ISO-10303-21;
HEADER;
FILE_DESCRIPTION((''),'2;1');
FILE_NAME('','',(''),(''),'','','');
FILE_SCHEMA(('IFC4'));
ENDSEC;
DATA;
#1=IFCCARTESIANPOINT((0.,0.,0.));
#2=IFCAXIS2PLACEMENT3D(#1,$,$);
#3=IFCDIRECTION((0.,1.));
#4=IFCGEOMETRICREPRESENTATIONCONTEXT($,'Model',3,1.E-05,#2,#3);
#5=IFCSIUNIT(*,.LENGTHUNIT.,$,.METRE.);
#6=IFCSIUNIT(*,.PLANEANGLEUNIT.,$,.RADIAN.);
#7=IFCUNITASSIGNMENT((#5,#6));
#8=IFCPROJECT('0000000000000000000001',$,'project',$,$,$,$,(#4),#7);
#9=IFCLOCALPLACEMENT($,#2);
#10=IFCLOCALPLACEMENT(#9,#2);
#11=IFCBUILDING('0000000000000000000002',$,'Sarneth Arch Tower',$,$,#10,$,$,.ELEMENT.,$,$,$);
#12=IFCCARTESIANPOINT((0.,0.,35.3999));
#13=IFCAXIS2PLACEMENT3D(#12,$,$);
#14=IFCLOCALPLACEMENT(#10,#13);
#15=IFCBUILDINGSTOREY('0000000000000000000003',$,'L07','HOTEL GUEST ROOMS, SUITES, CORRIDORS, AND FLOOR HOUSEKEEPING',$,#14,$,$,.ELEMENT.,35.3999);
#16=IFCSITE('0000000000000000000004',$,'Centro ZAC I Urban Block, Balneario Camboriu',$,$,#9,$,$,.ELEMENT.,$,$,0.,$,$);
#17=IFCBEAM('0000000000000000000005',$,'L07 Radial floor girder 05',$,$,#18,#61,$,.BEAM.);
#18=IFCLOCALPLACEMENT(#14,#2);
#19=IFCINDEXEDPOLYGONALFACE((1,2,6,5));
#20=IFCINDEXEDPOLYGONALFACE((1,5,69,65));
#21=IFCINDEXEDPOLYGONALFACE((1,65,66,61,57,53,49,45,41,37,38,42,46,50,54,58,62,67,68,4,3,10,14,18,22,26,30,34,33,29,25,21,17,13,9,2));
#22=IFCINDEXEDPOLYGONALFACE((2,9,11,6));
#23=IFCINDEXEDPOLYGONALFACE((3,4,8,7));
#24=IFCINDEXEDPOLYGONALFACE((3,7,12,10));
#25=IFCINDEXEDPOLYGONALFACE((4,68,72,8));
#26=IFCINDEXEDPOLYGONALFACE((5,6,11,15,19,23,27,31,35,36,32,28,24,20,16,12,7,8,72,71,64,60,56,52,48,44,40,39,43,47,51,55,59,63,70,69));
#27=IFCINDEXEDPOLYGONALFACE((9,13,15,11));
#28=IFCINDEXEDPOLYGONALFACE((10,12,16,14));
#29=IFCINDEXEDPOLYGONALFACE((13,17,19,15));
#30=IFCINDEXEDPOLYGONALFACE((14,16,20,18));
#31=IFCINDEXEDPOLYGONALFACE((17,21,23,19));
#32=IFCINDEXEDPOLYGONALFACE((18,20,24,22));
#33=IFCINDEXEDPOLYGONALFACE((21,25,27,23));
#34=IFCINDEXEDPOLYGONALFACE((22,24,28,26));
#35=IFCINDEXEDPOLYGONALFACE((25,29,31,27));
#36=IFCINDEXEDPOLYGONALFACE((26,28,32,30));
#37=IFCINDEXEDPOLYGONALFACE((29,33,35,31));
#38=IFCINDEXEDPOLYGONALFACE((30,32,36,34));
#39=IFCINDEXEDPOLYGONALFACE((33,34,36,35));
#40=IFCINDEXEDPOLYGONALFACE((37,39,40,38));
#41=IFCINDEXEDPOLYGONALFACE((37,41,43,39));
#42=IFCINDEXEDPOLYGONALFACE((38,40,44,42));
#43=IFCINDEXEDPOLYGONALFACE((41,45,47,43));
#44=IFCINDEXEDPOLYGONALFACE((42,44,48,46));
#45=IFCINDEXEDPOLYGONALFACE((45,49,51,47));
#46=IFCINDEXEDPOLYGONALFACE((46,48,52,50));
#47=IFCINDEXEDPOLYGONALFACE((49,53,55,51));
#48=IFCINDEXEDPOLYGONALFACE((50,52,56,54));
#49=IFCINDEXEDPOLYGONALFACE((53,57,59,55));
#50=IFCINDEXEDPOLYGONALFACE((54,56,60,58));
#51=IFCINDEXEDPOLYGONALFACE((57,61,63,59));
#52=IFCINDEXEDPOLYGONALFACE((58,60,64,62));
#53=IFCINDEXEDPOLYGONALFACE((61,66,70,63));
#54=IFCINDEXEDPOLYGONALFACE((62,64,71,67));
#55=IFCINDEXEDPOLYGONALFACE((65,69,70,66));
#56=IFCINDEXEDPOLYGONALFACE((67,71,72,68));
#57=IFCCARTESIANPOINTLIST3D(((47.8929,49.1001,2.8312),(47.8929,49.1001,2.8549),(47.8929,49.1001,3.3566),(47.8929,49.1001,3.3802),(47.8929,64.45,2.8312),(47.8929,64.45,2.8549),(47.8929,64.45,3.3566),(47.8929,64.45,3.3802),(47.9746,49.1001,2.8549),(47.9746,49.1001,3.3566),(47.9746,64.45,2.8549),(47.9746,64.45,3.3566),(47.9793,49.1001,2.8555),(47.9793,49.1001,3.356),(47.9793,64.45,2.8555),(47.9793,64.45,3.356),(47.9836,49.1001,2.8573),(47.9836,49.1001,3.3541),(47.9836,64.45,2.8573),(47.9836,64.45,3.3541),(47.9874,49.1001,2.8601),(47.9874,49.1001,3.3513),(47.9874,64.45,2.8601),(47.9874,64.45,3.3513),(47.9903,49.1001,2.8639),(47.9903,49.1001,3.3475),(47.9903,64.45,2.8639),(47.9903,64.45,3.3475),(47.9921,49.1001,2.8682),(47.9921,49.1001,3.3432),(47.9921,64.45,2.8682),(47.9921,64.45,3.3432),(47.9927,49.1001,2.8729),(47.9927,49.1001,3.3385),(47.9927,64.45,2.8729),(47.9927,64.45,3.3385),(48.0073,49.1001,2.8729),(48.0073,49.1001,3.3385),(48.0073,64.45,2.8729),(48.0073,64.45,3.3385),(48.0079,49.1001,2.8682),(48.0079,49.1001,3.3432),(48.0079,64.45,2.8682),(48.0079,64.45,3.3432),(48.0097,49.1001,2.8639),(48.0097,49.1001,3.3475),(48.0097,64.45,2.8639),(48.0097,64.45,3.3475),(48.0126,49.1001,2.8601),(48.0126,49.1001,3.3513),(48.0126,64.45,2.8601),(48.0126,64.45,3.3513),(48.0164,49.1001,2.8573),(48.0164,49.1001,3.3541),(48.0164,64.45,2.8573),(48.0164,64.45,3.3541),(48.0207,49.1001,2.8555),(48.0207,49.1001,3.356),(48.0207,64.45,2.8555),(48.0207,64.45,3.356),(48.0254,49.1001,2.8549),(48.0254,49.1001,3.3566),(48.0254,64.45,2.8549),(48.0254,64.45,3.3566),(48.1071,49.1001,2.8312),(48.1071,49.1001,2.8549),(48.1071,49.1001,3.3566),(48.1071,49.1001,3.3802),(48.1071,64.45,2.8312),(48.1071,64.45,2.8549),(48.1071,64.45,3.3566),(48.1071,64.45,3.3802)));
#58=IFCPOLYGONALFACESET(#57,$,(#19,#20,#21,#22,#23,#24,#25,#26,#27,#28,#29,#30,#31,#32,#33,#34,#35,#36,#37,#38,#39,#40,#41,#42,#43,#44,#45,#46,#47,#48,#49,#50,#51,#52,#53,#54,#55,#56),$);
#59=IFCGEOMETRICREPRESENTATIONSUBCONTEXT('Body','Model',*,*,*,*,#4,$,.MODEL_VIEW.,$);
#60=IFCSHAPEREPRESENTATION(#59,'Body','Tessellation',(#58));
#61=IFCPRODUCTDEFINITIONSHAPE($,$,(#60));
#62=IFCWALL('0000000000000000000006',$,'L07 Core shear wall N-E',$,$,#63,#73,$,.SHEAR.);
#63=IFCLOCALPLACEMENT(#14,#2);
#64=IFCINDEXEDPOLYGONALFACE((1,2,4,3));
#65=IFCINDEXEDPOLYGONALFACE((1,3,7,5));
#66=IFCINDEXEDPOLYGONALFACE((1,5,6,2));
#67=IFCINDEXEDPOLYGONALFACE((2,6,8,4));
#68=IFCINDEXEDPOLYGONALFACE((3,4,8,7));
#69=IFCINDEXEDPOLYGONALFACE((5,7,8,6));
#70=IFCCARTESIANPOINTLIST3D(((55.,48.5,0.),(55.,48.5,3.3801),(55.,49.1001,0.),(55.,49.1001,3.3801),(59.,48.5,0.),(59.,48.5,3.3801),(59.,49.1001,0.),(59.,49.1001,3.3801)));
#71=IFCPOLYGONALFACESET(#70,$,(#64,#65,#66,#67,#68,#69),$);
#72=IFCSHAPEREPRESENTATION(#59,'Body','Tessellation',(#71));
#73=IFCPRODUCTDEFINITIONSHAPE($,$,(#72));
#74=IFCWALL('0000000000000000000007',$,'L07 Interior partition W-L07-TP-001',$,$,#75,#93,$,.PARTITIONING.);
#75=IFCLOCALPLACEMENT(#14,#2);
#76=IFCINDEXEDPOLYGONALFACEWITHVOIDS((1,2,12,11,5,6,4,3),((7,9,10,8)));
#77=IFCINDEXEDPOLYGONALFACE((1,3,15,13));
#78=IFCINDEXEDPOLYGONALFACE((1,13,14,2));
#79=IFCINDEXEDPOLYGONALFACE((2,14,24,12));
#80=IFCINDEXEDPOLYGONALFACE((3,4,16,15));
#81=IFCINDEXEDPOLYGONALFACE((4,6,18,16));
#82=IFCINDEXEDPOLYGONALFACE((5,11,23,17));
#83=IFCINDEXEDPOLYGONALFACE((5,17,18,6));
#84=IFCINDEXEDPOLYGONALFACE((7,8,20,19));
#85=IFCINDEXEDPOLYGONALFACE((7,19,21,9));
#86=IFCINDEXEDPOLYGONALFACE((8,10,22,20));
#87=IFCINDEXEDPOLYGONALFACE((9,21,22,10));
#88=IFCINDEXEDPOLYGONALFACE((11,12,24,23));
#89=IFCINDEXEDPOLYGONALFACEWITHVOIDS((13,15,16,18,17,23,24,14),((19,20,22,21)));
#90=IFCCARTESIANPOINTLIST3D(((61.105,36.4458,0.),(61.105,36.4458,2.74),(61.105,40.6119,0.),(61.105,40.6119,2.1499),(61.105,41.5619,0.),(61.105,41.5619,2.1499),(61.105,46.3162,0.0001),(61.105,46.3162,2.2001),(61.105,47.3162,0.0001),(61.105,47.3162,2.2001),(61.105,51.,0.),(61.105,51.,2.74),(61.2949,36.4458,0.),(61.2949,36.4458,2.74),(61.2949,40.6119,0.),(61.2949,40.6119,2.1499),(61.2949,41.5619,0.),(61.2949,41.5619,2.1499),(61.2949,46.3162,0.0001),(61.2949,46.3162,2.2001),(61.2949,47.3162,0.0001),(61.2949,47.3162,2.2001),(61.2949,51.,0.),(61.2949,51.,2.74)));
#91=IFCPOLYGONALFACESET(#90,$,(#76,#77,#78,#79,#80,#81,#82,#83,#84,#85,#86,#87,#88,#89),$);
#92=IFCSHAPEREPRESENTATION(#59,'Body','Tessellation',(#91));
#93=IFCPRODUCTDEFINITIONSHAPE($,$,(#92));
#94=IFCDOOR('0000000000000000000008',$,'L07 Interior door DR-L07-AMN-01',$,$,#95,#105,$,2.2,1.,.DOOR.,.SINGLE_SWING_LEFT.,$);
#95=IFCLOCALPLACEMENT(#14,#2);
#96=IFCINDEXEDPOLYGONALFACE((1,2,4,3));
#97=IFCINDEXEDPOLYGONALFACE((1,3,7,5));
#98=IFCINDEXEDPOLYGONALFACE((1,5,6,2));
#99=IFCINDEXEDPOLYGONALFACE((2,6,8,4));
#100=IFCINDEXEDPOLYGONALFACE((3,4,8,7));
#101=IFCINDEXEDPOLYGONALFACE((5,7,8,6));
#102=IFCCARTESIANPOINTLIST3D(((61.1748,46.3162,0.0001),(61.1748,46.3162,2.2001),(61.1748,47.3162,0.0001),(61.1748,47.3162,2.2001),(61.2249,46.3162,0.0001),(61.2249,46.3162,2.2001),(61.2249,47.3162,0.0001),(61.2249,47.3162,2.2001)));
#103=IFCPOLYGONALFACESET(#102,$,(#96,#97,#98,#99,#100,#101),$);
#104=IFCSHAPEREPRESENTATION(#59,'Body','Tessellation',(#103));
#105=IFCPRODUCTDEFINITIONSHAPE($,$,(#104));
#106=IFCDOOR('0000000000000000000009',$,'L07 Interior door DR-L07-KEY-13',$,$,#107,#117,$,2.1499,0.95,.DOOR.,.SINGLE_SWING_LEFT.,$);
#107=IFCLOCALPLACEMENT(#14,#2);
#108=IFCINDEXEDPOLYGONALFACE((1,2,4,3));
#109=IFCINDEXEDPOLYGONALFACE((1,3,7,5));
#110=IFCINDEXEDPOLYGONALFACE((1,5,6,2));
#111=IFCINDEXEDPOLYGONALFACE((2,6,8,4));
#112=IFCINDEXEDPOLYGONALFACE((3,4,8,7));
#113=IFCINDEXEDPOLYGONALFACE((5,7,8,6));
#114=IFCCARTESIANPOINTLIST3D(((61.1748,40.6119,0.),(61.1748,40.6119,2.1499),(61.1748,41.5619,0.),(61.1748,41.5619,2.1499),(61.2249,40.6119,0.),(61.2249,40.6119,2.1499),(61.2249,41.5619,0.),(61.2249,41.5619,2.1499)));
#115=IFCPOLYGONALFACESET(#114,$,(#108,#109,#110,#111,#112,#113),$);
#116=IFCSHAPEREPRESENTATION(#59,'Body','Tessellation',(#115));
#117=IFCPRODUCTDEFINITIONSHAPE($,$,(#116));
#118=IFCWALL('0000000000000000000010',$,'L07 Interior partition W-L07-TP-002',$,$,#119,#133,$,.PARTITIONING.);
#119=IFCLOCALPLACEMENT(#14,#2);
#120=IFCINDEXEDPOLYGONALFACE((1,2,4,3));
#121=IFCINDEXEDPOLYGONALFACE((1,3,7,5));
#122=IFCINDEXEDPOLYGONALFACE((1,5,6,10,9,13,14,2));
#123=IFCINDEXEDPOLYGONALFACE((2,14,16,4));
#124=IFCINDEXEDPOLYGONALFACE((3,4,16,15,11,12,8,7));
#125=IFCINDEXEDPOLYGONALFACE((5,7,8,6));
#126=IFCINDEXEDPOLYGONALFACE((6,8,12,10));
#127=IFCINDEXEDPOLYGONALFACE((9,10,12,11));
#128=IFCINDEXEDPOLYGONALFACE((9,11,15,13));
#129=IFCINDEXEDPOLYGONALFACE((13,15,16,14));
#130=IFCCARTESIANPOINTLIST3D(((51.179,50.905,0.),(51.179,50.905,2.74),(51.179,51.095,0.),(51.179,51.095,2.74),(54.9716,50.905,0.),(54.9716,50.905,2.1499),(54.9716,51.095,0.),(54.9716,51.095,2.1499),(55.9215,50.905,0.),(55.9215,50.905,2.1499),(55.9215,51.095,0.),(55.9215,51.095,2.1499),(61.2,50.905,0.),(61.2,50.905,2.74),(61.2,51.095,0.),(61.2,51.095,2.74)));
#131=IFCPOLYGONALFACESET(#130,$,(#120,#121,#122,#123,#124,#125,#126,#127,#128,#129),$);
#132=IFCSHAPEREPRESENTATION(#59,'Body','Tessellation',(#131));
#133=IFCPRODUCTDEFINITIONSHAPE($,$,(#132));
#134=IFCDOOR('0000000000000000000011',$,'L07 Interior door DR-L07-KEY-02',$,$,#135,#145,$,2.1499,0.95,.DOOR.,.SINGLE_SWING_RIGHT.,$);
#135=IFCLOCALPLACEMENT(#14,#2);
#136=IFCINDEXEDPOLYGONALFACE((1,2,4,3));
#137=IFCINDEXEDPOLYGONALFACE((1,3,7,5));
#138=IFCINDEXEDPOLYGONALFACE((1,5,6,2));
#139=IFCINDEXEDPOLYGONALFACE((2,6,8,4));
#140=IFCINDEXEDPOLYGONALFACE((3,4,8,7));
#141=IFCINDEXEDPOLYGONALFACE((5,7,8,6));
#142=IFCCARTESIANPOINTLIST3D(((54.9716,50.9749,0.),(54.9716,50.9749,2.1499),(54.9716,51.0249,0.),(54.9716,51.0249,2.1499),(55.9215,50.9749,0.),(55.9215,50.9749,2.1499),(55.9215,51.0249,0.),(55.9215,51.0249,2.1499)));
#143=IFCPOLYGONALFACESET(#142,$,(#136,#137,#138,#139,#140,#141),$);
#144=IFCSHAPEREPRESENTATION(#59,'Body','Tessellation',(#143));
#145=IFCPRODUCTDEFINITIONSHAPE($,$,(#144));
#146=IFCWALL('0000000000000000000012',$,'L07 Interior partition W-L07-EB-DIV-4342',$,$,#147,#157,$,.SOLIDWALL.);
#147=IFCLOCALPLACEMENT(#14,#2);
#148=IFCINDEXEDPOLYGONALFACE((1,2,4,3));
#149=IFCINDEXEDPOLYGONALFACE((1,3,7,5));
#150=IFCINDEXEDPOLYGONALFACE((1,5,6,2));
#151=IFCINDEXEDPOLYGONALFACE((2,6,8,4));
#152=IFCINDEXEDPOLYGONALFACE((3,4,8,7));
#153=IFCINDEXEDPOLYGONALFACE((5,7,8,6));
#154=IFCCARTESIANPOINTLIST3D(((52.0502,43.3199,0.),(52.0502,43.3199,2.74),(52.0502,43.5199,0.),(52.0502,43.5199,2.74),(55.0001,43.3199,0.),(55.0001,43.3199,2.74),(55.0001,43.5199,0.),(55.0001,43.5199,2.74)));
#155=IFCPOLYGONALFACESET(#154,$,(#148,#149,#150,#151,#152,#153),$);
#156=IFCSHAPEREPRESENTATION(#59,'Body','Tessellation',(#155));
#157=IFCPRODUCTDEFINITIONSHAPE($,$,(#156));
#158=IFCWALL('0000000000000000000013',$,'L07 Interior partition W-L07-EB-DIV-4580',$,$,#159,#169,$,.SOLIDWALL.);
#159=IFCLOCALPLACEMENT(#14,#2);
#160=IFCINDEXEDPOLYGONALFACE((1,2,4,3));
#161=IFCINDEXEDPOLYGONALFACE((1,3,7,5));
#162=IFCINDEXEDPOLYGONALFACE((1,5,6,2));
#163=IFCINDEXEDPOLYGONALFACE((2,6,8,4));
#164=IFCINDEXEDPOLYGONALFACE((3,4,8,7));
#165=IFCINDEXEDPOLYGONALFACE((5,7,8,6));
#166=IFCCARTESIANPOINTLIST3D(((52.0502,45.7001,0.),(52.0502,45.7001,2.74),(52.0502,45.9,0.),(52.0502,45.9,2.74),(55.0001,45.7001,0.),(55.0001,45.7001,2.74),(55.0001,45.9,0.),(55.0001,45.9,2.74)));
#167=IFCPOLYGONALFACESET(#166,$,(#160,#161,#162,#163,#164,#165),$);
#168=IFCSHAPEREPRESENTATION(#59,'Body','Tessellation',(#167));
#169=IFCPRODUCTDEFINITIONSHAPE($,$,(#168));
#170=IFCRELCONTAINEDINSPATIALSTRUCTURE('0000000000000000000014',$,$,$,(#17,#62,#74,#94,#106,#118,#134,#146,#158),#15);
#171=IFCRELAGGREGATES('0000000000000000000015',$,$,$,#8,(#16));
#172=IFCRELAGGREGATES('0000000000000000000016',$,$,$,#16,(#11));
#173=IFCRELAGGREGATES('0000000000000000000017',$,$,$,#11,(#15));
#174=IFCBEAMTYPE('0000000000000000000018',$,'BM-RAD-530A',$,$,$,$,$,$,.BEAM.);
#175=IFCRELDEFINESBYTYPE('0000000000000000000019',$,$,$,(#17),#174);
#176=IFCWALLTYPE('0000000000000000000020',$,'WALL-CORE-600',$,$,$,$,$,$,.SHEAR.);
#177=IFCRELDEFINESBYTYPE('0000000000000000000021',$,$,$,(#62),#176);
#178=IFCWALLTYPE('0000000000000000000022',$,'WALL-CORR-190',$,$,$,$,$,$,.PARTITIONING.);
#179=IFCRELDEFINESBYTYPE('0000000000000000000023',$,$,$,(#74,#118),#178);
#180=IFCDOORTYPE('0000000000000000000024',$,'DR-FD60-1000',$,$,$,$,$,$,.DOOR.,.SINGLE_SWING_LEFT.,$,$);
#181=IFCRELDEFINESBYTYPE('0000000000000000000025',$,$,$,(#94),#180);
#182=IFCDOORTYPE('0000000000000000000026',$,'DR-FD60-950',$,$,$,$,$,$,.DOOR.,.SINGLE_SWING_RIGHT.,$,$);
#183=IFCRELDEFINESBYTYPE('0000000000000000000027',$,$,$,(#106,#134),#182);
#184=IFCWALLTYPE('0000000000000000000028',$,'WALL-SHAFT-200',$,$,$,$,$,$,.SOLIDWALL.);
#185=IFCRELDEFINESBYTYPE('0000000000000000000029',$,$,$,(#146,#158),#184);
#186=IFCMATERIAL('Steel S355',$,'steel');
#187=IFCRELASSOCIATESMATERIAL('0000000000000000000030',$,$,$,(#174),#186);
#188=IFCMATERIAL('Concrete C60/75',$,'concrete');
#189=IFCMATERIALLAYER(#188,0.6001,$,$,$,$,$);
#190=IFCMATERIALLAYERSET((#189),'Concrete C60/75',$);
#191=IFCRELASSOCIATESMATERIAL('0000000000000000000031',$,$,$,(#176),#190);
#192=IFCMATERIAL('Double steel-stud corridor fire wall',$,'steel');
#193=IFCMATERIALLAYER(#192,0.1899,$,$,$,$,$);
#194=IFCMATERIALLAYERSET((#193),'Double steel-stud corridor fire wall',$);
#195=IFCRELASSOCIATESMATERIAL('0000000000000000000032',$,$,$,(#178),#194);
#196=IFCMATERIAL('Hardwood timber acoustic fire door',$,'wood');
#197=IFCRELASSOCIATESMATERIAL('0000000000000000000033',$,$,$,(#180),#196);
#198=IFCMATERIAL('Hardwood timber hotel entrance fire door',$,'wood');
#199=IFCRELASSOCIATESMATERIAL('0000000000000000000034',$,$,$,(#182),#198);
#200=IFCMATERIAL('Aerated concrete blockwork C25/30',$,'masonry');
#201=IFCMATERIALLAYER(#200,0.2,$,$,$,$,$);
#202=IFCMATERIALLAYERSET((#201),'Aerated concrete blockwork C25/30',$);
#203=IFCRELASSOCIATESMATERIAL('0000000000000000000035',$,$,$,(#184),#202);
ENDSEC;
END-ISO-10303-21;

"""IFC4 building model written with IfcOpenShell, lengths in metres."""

from ifc_helpers import new_model, si_unit, direction, frame, frame_2d, origin, origin_2d, place, context, subcontext, project, spatial, rectangle, i_section, extrude, material, layer, layer_set, material_profile, profile_set, type_object, element, fill, save


model = new_model("IFC4")

# Units and contexts
model_context = context("Model", 3, precision=1e-05, world=origin(), true_north=direction((0.0, 1.0)))
body_context = subcontext(model_context, "Body", "Model", "MODEL_VIEW")
ifc_project = project(units=[si_unit("LENGTHUNIT", "METRE"), si_unit("PLANEANGLEUNIT", "RADIAN")], contexts=[model_context])

# Site, building, storey
site_placement = place(None, origin())
site = spatial("IfcSite", under=ifc_project, at=site_placement, Name="Centro ZAC I Urban Block, Balneario Camboriu", CompositionType="ELEMENT", RefElevation=0.0)
building_placement = place(site_placement, origin())
building = spatial("IfcBuilding", under=site, at=building_placement, Name="Sarneth Arch Tower", CompositionType="ELEMENT")
storey_placement = place(building_placement, frame((0.0, 0.0, 35.3999)))
storey = spatial("IfcBuildingStorey", under=building, at=storey_placement, Name="L07", Description="HOTEL GUEST ROOMS, SUITES, CORRIDORS, AND FLOOR HOUSEKEEPING", CompositionType="ELEMENT", Elevation=35.3999)

# Beam
ifc_material_1 = material(Name="Steel S355", Category="steel")
ifc_material_profile = material_profile(ifc_material_1, i_section(OverallWidth=0.2141, OverallDepth=0.5491, WebThickness=0.0146, FlangeThickness=0.0237, FilletRadius=0.0181, at=origin_2d()), Name="W530x138")
ifc_profile_set = profile_set([ifc_material_profile], Name="Steel S355")
beam_type = type_object("IfcBeamType", Name="BM-RAD-530A", PredefinedType="BEAM", material=ifc_profile_set)
beam_1_placement = place(storey_placement, frame((48.0, 49.1001, 3.1057), z_axis=(0.0, 1.0, 0.0), x_axis=(-1.0, 0.0, 0.0)))
element("IfcBeam", 1, at=beam_1_placement, inside=storey, type_object=beam_type, Name="L07 Radial floor girder 05", PredefinedType="BEAM", context=body_context, shape_type="SweptSolid", body=[
    extrude(i_section(OverallWidth=0.2141, OverallDepth=0.5491, WebThickness=0.0146, FlangeThickness=0.0237, FilletRadius=0.0181, at=origin_2d()), origin(), (0.0, 0.0, 1.0), 15.3499),
])

# Wall
ifc_material_2 = material(Name="Concrete C60/75", Category="concrete")
ifc_layer_1 = layer(ifc_material_2, 0.6001)
ifc_layer_set_1 = layer_set([ifc_layer_1], Name="Concrete C60/75")
wall_type_1 = type_object("IfcWallType", Name="WALL-CORE-600", PredefinedType="SHEAR", material=ifc_layer_set_1)
wall_1_placement = place(storey_placement, frame((55.0, 48.8, 0.0), z_axis=(0.0, 0.0, 1.0), x_axis=(1.0, 0.0, 0.0)))
element("IfcWall", 2, at=wall_1_placement, inside=storey, type_object=wall_type_1, Name="L07 Core shear wall N-E", PredefinedType="SHEAR", context=body_context, shape_type="SweptSolid", body=[
    extrude(rectangle(XDim=4.0, YDim=0.6001, at=frame_2d((2.0, 0.0))), origin(), (0.0, 0.0, 1.0), 3.3801),
])

# Wall, openings, doors
ifc_material_3 = material(Name="Double steel-stud corridor fire wall", Category="steel")
ifc_layer_2 = layer(ifc_material_3, 0.1899)
ifc_layer_set_2 = layer_set([ifc_layer_2], Name="Double steel-stud corridor fire wall")
wall_type_2 = type_object("IfcWallType", Name="WALL-CORR-190", PredefinedType="PARTITIONING", material=ifc_layer_set_2)
wall_2_placement = place(storey_placement, frame((61.2, 51.0, 0.0), z_axis=(0.0, 0.0, 1.0), x_axis=(0.0, -1.0, 0.0)))
wall_2 = element("IfcWall", 3, at=wall_2_placement, inside=storey, type_object=wall_type_2, Name="L07 Interior partition W-L07-TP-001", PredefinedType="PARTITIONING", context=body_context, shape_type="SweptSolid", body=[
    extrude(rectangle(XDim=14.5542, YDim=0.1899, at=frame_2d((7.2771, 0.0))), origin(), (0.0, 0.0, 1.0), 2.74),
])
opening_1_placement = place(wall_2_placement, frame((3.6838, 0.0, 0.0)))
opening_1 = element("IfcOpeningElement", 4, at=opening_1_placement, cuts=wall_2, PredefinedType="OPENING", context=body_context, shape_type="SweptSolid", body=[
    extrude(rectangle(XDim=1.0, YDim=2.2, at=frame_2d((0.5, 1.1001))), frame((0.0, 0.105, 0.0), z_axis=(0.0, -1.0, 0.0), x_axis=(1.0, 0.0, 0.0)), (0.0, 0.0, 1.0), 0.21),
])
opening_2_placement = place(wall_2_placement, frame((9.438, 0.0, 0.0)))
opening_2 = element("IfcOpeningElement", 5, at=opening_2_placement, cuts=wall_2, PredefinedType="OPENING", context=body_context, shape_type="SweptSolid", body=[
    extrude(rectangle(XDim=0.95, YDim=2.1499, at=frame_2d((0.4751, 1.075))), frame((0.0, 0.105, 0.0), z_axis=(0.0, -1.0, 0.0), x_axis=(1.0, 0.0, 0.0)), (0.0, 0.0, 1.0), 0.21),
])
ifc_material_4 = material(Name="Hardwood timber acoustic fire door", Category="wood")
door_type_1 = type_object("IfcDoorType", Name="DR-FD60-1000", OperationType="SINGLE_SWING_LEFT", PredefinedType="DOOR", material=ifc_material_4)
door_1_placement = place(opening_1_placement, origin())
door_1 = element("IfcDoor", 6, at=door_1_placement, inside=storey, type_object=door_type_1, Name="L07 Interior door DR-L07-AMN-01", OperationType="SINGLE_SWING_LEFT", OverallHeight=2.2, OverallWidth=1.0, PredefinedType="DOOR", context=body_context, shape_type="SweptSolid", body=[
    extrude(rectangle(XDim=1.0, YDim=2.2, at=frame_2d((0.5, 1.1001))), frame((0.0, 0.0249, 0.0), z_axis=(0.0, -1.0, 0.0), x_axis=(1.0, 0.0, 0.0)), (0.0, 0.0, 1.0), 0.05),
])
fill(opening_1, door_1)
ifc_material_5 = material(Name="Hardwood timber hotel entrance fire door", Category="wood")
door_type_2 = type_object("IfcDoorType", Name="DR-FD60-950", OperationType="SINGLE_SWING_RIGHT", PredefinedType="DOOR", material=ifc_material_5)
door_2_placement = place(opening_2_placement, origin())
door_2 = element("IfcDoor", 7, at=door_2_placement, inside=storey, type_object=door_type_2, Name="L07 Interior door DR-L07-KEY-13", OperationType="SINGLE_SWING_LEFT", OverallHeight=2.1499, OverallWidth=0.95, PredefinedType="DOOR", context=body_context, shape_type="SweptSolid", body=[
    extrude(rectangle(XDim=0.95, YDim=2.1499, at=frame_2d((0.4751, 1.075))), frame((0.0, 0.0249, 0.0), z_axis=(0.0, -1.0, 0.0), x_axis=(1.0, 0.0, 0.0)), (0.0, 0.0, 1.0), 0.05),
])
fill(opening_2, door_2)

# Wall, opening, door
wall_3_placement = place(storey_placement, frame((51.179, 51.0, 0.0), z_axis=(0.0, 0.0, 1.0), x_axis=(1.0, 0.0, 0.0)))
wall_3 = element("IfcWall", 8, at=wall_3_placement, inside=storey, type_object=wall_type_2, Name="L07 Interior partition W-L07-TP-002", PredefinedType="PARTITIONING", context=body_context, shape_type="SweptSolid", body=[
    extrude(rectangle(XDim=10.021, YDim=0.1899, at=frame_2d((5.0105, 0.0))), origin(), (0.0, 0.0, 1.0), 2.74),
])
opening_3_placement = place(wall_3_placement, frame((3.7925, 0.0, 0.0)))
opening_3 = element("IfcOpeningElement", 9, at=opening_3_placement, cuts=wall_3, PredefinedType="OPENING", context=body_context, shape_type="SweptSolid", body=[
    extrude(rectangle(XDim=0.95, YDim=2.1499, at=frame_2d((0.4751, 1.075))), frame((0.0, 0.105, 0.0), z_axis=(0.0, -1.0, 0.0), x_axis=(1.0, 0.0, 0.0)), (0.0, 0.0, 1.0), 0.21),
])
door_3_placement = place(opening_3_placement, origin())
door_3 = element("IfcDoor", 10, at=door_3_placement, inside=storey, type_object=door_type_2, Name="L07 Interior door DR-L07-KEY-02", OperationType="SINGLE_SWING_RIGHT", OverallHeight=2.1499, OverallWidth=0.95, PredefinedType="DOOR", context=body_context, shape_type="SweptSolid", body=[
    extrude(rectangle(XDim=0.95, YDim=2.1499, at=frame_2d((0.4751, 1.075))), frame((0.0, 0.0249, 0.0), z_axis=(0.0, -1.0, 0.0), x_axis=(1.0, 0.0, 0.0)), (0.0, 0.0, 1.0), 0.05),
])
fill(opening_3, door_3)

# Walls
ifc_material_6 = material(Name="Aerated concrete blockwork C25/30", Category="masonry")
ifc_layer_3 = layer(ifc_material_6, 0.2)
ifc_layer_set_3 = layer_set([ifc_layer_3], Name="Aerated concrete blockwork C25/30")
wall_type_3 = type_object("IfcWallType", Name="WALL-SHAFT-200", PredefinedType="SOLIDWALL", material=ifc_layer_set_3)
for number, where, z_axis, x_axis, name in (
    (11, (52.05, 43.4199, 0.0), (0.0, 0.0, 1.0), (1.0, 0.0, 0.0), "L07 Interior partition W-L07-EB-DIV-4342"),
    (12, (52.05, 45.8, 0.0), (0.0, 0.0, 1.0), (1.0, 0.0, 0.0), "L07 Interior partition W-L07-EB-DIV-4580"),
):
    element("IfcWall", number, at=place(storey_placement, frame(where, z_axis=z_axis, x_axis=x_axis)), inside=storey, type_object=wall_type_3, Name=name, PredefinedType="SOLIDWALL", context=body_context, shape_type="SweptSolid", body=[
        extrude(rectangle(XDim=2.95, YDim=0.2, at=frame_2d((1.4751, 0.0))), origin(), (0.0, 0.0, 1.0), 2.74),
    ])

save(model, "model.ifc")
